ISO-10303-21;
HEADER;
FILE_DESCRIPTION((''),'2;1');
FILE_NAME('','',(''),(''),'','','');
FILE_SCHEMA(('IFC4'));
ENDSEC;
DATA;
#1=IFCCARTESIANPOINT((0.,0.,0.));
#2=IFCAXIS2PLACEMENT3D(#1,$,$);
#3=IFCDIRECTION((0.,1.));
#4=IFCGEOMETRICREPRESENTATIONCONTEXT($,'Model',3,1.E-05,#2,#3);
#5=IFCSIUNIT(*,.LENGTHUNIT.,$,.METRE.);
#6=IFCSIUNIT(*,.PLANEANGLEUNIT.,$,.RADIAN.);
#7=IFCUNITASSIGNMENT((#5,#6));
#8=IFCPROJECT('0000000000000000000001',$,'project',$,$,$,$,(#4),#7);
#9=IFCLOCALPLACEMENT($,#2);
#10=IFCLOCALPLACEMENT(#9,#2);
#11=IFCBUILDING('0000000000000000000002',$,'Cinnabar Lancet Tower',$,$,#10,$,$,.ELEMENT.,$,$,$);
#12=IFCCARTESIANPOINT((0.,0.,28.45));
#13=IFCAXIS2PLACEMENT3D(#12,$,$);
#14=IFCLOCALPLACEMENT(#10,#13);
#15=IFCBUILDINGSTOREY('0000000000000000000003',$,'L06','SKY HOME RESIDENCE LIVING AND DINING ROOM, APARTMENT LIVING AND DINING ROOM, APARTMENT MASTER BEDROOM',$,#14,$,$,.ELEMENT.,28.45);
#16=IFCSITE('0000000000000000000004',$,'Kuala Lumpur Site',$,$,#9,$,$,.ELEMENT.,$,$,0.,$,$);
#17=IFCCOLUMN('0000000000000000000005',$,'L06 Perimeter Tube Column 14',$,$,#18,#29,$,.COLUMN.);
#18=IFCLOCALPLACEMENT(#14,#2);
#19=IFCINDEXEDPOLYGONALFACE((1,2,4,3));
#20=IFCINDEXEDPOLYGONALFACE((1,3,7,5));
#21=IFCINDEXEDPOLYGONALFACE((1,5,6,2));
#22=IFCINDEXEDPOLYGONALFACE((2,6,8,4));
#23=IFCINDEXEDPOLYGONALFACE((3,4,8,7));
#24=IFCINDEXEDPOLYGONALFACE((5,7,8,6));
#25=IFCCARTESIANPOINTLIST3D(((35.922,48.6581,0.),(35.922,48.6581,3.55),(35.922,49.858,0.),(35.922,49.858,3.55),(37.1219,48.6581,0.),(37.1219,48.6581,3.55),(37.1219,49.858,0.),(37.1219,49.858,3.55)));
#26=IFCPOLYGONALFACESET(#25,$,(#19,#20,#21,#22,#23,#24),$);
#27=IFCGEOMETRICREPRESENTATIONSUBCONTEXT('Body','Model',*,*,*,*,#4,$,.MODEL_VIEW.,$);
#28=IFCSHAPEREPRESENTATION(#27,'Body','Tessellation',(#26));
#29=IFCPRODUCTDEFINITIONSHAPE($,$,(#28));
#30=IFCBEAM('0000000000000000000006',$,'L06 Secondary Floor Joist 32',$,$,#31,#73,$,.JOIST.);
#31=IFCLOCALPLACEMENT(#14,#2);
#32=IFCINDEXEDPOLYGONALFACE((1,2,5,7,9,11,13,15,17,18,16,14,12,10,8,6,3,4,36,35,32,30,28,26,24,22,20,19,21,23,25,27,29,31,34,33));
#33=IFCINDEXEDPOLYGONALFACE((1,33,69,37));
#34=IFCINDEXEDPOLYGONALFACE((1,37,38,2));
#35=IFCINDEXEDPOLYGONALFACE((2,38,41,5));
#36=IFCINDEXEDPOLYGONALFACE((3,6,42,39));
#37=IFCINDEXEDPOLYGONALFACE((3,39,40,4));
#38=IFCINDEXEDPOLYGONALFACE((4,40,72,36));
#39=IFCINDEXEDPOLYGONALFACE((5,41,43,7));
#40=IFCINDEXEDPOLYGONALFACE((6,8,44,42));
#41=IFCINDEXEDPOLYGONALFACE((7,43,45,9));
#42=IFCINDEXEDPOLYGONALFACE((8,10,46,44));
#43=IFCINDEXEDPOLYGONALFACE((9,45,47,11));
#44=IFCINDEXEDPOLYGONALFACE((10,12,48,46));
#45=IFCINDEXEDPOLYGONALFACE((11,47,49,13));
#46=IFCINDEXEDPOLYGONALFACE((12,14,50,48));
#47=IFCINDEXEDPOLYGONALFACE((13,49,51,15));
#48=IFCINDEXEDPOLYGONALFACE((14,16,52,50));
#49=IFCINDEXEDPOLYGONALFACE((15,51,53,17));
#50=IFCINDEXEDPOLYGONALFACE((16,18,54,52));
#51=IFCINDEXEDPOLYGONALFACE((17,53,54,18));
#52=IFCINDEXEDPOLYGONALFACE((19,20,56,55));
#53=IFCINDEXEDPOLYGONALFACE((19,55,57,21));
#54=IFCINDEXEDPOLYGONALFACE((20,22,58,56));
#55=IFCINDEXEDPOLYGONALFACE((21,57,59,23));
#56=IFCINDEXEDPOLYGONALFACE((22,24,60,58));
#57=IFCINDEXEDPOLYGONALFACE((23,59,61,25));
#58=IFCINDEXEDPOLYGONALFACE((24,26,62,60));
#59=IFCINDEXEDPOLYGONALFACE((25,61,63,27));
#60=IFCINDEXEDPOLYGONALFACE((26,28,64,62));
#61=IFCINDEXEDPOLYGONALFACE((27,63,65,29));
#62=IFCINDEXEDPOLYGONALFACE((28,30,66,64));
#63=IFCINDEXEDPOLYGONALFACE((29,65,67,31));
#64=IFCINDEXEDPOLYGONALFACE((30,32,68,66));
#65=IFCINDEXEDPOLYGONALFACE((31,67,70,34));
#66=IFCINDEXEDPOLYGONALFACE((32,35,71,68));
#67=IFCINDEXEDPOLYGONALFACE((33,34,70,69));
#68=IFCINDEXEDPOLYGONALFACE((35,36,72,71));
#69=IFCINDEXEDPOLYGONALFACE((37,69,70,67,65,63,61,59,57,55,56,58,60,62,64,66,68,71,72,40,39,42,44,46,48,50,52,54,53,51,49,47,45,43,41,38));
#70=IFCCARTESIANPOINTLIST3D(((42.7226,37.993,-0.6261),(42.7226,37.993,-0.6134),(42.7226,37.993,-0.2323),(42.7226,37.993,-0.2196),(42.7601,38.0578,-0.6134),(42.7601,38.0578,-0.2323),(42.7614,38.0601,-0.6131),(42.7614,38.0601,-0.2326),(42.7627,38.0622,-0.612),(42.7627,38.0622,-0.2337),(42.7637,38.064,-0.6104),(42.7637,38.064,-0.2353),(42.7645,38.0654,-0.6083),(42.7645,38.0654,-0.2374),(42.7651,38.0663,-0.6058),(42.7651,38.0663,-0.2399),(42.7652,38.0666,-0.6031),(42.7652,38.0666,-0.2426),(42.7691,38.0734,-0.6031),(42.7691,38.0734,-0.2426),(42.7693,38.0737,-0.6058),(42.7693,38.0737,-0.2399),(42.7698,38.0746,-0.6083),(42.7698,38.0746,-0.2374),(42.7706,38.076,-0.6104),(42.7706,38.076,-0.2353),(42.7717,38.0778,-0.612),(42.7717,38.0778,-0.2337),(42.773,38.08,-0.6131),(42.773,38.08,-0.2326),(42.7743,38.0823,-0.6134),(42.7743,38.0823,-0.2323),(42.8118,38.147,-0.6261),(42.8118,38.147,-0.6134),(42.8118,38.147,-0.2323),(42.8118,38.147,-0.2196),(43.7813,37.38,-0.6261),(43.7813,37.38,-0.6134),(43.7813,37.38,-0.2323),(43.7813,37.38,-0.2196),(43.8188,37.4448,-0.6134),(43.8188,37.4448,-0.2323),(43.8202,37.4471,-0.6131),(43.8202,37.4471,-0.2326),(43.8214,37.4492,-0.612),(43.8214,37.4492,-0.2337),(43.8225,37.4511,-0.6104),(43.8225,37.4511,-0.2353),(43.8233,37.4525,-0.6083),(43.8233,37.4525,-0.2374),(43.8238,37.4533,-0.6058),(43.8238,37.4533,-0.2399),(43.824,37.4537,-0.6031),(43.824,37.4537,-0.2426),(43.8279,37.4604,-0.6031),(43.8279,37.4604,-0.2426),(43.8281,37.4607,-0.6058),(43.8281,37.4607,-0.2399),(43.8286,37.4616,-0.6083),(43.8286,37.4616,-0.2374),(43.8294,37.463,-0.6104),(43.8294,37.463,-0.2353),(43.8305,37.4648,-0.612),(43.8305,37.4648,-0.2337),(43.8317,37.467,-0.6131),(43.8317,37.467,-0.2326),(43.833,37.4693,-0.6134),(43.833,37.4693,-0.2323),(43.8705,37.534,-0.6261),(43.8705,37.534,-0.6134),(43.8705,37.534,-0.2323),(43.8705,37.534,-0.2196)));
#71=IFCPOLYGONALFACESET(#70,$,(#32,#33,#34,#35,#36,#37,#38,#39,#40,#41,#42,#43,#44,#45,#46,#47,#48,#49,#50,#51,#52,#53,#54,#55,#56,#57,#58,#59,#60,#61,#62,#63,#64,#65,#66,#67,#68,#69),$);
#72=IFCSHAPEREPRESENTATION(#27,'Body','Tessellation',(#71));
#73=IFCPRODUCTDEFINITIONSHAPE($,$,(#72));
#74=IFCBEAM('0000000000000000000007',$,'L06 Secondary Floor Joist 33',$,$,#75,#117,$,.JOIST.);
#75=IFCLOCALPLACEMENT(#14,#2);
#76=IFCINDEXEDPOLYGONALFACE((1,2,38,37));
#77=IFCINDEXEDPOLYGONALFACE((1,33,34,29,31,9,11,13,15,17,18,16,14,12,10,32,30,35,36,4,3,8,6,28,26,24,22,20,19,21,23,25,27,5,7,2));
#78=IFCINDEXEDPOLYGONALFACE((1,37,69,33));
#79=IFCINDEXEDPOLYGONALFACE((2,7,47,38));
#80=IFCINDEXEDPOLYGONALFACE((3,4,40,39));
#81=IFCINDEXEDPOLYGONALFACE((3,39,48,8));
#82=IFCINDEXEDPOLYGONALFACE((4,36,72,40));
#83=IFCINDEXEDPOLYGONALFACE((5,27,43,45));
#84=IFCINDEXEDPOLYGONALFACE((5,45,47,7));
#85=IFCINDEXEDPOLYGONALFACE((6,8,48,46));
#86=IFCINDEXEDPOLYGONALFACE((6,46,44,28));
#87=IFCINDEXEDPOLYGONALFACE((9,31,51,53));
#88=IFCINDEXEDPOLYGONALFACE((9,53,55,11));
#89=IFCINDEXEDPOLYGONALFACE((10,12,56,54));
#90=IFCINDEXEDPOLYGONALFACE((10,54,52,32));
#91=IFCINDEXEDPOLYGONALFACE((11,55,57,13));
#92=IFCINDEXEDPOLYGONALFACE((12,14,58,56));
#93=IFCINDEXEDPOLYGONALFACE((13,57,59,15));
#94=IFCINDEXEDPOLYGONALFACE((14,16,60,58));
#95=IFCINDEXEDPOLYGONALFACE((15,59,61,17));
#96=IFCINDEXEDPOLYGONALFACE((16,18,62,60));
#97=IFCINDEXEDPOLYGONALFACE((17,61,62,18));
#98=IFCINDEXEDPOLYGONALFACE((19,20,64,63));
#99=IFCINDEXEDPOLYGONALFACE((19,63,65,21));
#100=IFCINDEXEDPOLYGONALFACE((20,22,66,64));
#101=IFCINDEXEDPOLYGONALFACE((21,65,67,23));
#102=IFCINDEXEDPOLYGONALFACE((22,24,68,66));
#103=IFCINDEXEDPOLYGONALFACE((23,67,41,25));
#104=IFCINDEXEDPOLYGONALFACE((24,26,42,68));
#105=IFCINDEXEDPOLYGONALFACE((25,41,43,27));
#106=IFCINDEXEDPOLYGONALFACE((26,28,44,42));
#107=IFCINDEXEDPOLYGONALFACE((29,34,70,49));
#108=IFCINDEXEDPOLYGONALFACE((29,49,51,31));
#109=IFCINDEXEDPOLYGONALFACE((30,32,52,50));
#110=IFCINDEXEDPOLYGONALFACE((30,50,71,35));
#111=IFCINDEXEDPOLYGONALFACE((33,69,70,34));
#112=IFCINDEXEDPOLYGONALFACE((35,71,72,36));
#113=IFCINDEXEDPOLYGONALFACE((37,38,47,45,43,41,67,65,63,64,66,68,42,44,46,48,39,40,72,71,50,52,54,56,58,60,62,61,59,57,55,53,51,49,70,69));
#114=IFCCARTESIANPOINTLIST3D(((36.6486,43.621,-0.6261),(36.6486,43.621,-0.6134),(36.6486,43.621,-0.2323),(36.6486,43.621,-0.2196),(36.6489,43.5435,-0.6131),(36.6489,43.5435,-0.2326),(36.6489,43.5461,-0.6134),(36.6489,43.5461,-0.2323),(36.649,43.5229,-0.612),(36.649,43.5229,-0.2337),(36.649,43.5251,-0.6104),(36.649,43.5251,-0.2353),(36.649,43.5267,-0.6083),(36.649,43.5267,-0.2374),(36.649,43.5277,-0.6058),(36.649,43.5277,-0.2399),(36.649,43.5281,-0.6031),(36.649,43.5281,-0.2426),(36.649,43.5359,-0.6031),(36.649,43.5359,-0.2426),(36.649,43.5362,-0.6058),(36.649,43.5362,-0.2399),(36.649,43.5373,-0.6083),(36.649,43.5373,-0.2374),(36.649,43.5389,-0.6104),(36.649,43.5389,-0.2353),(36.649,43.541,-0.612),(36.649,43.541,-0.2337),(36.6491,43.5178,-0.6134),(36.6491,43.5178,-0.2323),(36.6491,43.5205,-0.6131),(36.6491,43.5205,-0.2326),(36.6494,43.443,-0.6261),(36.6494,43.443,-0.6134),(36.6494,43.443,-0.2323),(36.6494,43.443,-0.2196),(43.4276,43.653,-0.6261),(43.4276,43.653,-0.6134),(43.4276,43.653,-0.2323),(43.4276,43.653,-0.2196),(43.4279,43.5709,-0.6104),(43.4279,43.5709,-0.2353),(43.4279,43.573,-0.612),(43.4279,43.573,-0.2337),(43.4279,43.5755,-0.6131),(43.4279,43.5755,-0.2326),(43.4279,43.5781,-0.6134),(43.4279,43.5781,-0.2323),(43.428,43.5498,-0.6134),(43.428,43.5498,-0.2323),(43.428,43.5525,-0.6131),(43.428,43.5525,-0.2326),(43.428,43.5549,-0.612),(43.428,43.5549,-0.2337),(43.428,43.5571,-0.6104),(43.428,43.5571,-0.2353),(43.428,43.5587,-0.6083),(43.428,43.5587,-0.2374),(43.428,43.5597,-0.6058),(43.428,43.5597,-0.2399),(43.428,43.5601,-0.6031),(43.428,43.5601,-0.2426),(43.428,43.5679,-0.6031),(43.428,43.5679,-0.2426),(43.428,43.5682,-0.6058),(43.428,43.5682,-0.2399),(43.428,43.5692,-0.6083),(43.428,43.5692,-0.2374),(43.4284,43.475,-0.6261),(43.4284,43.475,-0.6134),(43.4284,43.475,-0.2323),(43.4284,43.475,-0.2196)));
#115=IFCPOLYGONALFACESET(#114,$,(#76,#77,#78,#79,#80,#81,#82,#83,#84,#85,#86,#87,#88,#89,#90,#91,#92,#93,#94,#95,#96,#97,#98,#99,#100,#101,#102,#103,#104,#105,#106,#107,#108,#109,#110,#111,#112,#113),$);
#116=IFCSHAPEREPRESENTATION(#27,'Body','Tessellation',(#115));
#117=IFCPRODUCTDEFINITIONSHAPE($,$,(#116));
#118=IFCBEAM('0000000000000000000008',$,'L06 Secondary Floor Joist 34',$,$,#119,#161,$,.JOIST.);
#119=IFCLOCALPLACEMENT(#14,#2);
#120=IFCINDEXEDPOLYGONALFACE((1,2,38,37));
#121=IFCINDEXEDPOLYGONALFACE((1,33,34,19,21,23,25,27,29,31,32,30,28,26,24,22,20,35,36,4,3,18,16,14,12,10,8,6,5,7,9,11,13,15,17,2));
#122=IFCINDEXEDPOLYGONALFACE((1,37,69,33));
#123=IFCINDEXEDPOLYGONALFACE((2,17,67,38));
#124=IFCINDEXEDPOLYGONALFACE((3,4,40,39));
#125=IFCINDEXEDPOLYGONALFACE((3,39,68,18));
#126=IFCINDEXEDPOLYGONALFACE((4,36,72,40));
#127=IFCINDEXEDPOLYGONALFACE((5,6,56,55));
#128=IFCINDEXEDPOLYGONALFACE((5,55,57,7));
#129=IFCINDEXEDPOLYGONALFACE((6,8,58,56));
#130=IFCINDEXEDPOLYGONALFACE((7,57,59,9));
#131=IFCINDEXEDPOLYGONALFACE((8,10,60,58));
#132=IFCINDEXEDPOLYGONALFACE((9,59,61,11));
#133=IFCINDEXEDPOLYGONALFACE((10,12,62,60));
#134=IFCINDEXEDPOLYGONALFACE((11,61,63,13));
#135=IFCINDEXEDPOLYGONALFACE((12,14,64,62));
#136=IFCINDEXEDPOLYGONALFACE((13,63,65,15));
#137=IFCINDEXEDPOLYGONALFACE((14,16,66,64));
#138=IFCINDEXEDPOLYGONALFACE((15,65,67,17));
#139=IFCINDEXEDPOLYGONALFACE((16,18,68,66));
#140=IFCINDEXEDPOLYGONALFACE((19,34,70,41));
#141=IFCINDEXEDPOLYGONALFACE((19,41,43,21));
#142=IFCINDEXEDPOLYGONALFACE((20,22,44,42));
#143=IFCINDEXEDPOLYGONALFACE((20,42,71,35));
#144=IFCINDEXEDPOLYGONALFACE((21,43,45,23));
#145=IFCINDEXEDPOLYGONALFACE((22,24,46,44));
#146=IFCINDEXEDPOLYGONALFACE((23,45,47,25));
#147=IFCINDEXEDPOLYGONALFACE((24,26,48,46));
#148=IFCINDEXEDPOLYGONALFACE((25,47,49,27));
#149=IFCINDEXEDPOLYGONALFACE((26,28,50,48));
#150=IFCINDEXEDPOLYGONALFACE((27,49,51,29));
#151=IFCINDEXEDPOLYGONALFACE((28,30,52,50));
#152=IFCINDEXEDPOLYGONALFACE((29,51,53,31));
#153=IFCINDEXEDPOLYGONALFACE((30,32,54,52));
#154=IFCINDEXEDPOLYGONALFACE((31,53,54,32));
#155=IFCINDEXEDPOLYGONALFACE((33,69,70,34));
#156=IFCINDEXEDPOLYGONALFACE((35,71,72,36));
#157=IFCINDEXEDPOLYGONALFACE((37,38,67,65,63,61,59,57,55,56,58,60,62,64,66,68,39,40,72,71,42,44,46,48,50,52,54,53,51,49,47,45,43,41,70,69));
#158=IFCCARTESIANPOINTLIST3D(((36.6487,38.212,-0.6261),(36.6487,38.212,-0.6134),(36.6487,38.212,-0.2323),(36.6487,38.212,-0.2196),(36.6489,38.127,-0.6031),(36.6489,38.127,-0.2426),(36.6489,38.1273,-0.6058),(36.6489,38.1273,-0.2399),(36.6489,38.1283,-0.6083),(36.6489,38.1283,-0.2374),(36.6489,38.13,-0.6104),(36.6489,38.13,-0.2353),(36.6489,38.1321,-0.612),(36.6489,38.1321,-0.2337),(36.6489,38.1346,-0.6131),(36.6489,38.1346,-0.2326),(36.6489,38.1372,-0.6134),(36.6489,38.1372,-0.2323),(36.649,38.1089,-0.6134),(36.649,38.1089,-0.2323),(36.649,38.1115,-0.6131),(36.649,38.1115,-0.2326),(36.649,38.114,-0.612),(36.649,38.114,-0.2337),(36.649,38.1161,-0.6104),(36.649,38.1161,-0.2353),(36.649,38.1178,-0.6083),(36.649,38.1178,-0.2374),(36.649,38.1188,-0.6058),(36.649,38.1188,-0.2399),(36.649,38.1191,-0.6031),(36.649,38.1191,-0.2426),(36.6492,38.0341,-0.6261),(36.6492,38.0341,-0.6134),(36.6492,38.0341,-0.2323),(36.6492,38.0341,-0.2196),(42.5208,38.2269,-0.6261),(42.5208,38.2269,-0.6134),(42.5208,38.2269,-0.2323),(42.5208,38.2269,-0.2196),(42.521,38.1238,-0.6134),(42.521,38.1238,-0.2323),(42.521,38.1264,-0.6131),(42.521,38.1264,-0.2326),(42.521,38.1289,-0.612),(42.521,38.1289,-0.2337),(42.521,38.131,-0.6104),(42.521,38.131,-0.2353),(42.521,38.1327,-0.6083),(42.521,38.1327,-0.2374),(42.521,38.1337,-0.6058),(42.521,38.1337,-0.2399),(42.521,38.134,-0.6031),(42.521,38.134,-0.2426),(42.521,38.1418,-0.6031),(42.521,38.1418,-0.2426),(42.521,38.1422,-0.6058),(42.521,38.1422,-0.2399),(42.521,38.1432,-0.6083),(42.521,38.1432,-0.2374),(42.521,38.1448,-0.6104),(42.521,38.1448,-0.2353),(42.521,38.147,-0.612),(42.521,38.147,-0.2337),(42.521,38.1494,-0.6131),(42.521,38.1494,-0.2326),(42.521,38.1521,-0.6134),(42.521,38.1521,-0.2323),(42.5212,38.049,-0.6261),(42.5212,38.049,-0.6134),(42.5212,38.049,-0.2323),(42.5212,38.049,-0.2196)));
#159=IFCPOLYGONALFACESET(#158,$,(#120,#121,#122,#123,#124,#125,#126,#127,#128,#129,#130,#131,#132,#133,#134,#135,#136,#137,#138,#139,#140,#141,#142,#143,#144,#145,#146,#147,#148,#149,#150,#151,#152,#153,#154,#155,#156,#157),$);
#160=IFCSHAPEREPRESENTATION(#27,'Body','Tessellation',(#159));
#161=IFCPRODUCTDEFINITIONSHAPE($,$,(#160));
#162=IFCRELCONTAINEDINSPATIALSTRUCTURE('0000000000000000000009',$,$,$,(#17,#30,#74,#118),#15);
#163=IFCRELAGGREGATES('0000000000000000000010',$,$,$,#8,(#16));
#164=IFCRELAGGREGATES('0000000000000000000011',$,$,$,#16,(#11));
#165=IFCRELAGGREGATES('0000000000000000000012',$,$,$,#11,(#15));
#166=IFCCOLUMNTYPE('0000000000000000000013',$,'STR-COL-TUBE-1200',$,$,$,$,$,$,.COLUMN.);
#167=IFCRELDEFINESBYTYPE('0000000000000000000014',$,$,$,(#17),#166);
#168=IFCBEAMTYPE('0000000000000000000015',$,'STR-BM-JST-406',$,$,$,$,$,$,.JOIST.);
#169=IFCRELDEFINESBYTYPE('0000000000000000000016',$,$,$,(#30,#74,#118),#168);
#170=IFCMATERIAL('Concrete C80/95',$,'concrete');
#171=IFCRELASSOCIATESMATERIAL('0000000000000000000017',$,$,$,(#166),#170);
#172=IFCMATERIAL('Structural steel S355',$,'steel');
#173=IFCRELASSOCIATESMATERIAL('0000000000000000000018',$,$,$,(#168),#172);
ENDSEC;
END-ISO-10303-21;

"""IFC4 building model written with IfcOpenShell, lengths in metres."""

from ifc_helpers import new_model, si_unit, direction, frame, origin, origin_2d, place, context, subcontext, project, spatial, rectangle, i_section, extrude, material, material_profile, profile_set, type_object, element, save


model = new_model("IFC4")

# Units and contexts
model_context = context("Model", 3, precision=1e-05, world=origin(), true_north=direction((0.0, 1.0)))
body_context = subcontext(model_context, "Body", "Model", "MODEL_VIEW")
ifc_project = project(units=[si_unit("LENGTHUNIT", "METRE"), si_unit("PLANEANGLEUNIT", "RADIAN")], contexts=[model_context])

# Site, building, storey
site_placement = place(None, origin())
site = spatial("IfcSite", under=ifc_project, at=site_placement, Name="Kuala Lumpur Site", CompositionType="ELEMENT", RefElevation=0.0)
building_placement = place(site_placement, origin())
building = spatial("IfcBuilding", under=site, at=building_placement, Name="Cinnabar Lancet Tower", CompositionType="ELEMENT")
storey_placement = place(building_placement, frame((0.0, 0.0, 28.45)))
storey = spatial("IfcBuildingStorey", under=building, at=storey_placement, Name="L06", Description="SKY HOME RESIDENCE LIVING AND DINING ROOM, APARTMENT LIVING AND DINING ROOM, APARTMENT MASTER BEDROOM", CompositionType="ELEMENT", Elevation=28.45)

# Column
ifc_material_1 = material(Name="Concrete C80/95", Category="concrete")
ifc_material_profile_1 = material_profile(ifc_material_1, rectangle(XDim=1.2, YDim=1.2, at=origin_2d()), Name="RC-COL 1200x1200")
ifc_profile_set_1 = profile_set([ifc_material_profile_1], Name="Concrete C80/95")
column_type = type_object("IfcColumnType", Name="STR-COL-TUBE-1200", PredefinedType="COLUMN", material=ifc_profile_set_1)
column_placement = place(storey_placement, frame((36.522, 49.2581, 0.0), z_axis=(0.0, 0.0, 1.0), x_axis=(1.0, 0.0, 0.0)))
element("IfcColumn", 1, at=column_placement, inside=storey, type_object=column_type, Name="L06 Perimeter Tube Column 14", PredefinedType="COLUMN", context=body_context, shape_type="SweptSolid", body=[
    extrude(rectangle(XDim=1.2, YDim=1.2, at=origin_2d()), origin(), (0.0, 0.0, 1.0), 3.55),
])

# Beams
ifc_material_2 = material(Name="Structural steel S355", Category="steel")
ifc_material_profile_2 = material_profile(ifc_material_2, i_section(OverallWidth=0.178, OverallDepth=0.4065, WebThickness=0.0078, FlangeThickness=0.0127, FilletRadius=0.0103, at=origin_2d()), Name="UKB 406x178x60")
ifc_profile_set_2 = profile_set([ifc_material_profile_2], Name="Structural steel S355")
beam_type_1 = type_object("IfcBeamType", Name="STR-BM-JST-406", PredefinedType="JOIST", material=ifc_profile_set_2)
beam_1_placement = place(storey_placement, frame((43.8259, 37.457, -0.4229), z_axis=(-0.865417, 0.501052, 0.0), x_axis=(-0.501052, -0.865417, 0.0)))
element("IfcBeam", 2, at=beam_1_placement, inside=storey, type_object=beam_type_1, Name="L06 Secondary Floor Joist 32", PredefinedType="JOIST", context=body_context, shape_type="SweptSolid", body=[
    extrude(i_section(OverallWidth=0.178, OverallDepth=0.4065, WebThickness=0.0078, FlangeThickness=0.0127, FilletRadius=0.0103, at=origin_2d()), origin(), (0.0, 0.0, 1.0), 1.2234),
])
beam_2_placement = place(storey_placement, frame((43.428, 43.564, -0.4229), z_axis=(-0.999989, -0.004718, 0.0), x_axis=(0.004718, -0.999989, 0.0)))
element("IfcBeam", 3, at=beam_2_placement, inside=storey, type_object=beam_type_1, Name="L06 Secondary Floor Joist 33", PredefinedType="JOIST", context=body_context, shape_type="SweptSolid", body=[
    extrude(i_section(OverallWidth=0.178, OverallDepth=0.4065, WebThickness=0.0078, FlangeThickness=0.0127, FilletRadius=0.0103, at=origin_2d()), origin(), (0.0, 0.0, 1.0), 6.7791),
])
beam_3_placement = place(storey_placement, frame((42.521, 38.1379, -0.4229), z_axis=(-0.999997, -0.002536, 0.0), x_axis=(0.002536, -0.999997, 0.0)))
element("IfcBeam", 4, at=beam_3_placement, inside=storey, type_object=beam_type_1, Name="L06 Secondary Floor Joist 34", PredefinedType="JOIST", context=body_context, shape_type="SweptSolid", body=[
    extrude(i_section(OverallWidth=0.178, OverallDepth=0.4065, WebThickness=0.0078, FlangeThickness=0.0127, FilletRadius=0.0103, at=origin_2d()), origin(), (0.0, 0.0, 1.0), 5.8721),
])

save(model, "model.ifc")
